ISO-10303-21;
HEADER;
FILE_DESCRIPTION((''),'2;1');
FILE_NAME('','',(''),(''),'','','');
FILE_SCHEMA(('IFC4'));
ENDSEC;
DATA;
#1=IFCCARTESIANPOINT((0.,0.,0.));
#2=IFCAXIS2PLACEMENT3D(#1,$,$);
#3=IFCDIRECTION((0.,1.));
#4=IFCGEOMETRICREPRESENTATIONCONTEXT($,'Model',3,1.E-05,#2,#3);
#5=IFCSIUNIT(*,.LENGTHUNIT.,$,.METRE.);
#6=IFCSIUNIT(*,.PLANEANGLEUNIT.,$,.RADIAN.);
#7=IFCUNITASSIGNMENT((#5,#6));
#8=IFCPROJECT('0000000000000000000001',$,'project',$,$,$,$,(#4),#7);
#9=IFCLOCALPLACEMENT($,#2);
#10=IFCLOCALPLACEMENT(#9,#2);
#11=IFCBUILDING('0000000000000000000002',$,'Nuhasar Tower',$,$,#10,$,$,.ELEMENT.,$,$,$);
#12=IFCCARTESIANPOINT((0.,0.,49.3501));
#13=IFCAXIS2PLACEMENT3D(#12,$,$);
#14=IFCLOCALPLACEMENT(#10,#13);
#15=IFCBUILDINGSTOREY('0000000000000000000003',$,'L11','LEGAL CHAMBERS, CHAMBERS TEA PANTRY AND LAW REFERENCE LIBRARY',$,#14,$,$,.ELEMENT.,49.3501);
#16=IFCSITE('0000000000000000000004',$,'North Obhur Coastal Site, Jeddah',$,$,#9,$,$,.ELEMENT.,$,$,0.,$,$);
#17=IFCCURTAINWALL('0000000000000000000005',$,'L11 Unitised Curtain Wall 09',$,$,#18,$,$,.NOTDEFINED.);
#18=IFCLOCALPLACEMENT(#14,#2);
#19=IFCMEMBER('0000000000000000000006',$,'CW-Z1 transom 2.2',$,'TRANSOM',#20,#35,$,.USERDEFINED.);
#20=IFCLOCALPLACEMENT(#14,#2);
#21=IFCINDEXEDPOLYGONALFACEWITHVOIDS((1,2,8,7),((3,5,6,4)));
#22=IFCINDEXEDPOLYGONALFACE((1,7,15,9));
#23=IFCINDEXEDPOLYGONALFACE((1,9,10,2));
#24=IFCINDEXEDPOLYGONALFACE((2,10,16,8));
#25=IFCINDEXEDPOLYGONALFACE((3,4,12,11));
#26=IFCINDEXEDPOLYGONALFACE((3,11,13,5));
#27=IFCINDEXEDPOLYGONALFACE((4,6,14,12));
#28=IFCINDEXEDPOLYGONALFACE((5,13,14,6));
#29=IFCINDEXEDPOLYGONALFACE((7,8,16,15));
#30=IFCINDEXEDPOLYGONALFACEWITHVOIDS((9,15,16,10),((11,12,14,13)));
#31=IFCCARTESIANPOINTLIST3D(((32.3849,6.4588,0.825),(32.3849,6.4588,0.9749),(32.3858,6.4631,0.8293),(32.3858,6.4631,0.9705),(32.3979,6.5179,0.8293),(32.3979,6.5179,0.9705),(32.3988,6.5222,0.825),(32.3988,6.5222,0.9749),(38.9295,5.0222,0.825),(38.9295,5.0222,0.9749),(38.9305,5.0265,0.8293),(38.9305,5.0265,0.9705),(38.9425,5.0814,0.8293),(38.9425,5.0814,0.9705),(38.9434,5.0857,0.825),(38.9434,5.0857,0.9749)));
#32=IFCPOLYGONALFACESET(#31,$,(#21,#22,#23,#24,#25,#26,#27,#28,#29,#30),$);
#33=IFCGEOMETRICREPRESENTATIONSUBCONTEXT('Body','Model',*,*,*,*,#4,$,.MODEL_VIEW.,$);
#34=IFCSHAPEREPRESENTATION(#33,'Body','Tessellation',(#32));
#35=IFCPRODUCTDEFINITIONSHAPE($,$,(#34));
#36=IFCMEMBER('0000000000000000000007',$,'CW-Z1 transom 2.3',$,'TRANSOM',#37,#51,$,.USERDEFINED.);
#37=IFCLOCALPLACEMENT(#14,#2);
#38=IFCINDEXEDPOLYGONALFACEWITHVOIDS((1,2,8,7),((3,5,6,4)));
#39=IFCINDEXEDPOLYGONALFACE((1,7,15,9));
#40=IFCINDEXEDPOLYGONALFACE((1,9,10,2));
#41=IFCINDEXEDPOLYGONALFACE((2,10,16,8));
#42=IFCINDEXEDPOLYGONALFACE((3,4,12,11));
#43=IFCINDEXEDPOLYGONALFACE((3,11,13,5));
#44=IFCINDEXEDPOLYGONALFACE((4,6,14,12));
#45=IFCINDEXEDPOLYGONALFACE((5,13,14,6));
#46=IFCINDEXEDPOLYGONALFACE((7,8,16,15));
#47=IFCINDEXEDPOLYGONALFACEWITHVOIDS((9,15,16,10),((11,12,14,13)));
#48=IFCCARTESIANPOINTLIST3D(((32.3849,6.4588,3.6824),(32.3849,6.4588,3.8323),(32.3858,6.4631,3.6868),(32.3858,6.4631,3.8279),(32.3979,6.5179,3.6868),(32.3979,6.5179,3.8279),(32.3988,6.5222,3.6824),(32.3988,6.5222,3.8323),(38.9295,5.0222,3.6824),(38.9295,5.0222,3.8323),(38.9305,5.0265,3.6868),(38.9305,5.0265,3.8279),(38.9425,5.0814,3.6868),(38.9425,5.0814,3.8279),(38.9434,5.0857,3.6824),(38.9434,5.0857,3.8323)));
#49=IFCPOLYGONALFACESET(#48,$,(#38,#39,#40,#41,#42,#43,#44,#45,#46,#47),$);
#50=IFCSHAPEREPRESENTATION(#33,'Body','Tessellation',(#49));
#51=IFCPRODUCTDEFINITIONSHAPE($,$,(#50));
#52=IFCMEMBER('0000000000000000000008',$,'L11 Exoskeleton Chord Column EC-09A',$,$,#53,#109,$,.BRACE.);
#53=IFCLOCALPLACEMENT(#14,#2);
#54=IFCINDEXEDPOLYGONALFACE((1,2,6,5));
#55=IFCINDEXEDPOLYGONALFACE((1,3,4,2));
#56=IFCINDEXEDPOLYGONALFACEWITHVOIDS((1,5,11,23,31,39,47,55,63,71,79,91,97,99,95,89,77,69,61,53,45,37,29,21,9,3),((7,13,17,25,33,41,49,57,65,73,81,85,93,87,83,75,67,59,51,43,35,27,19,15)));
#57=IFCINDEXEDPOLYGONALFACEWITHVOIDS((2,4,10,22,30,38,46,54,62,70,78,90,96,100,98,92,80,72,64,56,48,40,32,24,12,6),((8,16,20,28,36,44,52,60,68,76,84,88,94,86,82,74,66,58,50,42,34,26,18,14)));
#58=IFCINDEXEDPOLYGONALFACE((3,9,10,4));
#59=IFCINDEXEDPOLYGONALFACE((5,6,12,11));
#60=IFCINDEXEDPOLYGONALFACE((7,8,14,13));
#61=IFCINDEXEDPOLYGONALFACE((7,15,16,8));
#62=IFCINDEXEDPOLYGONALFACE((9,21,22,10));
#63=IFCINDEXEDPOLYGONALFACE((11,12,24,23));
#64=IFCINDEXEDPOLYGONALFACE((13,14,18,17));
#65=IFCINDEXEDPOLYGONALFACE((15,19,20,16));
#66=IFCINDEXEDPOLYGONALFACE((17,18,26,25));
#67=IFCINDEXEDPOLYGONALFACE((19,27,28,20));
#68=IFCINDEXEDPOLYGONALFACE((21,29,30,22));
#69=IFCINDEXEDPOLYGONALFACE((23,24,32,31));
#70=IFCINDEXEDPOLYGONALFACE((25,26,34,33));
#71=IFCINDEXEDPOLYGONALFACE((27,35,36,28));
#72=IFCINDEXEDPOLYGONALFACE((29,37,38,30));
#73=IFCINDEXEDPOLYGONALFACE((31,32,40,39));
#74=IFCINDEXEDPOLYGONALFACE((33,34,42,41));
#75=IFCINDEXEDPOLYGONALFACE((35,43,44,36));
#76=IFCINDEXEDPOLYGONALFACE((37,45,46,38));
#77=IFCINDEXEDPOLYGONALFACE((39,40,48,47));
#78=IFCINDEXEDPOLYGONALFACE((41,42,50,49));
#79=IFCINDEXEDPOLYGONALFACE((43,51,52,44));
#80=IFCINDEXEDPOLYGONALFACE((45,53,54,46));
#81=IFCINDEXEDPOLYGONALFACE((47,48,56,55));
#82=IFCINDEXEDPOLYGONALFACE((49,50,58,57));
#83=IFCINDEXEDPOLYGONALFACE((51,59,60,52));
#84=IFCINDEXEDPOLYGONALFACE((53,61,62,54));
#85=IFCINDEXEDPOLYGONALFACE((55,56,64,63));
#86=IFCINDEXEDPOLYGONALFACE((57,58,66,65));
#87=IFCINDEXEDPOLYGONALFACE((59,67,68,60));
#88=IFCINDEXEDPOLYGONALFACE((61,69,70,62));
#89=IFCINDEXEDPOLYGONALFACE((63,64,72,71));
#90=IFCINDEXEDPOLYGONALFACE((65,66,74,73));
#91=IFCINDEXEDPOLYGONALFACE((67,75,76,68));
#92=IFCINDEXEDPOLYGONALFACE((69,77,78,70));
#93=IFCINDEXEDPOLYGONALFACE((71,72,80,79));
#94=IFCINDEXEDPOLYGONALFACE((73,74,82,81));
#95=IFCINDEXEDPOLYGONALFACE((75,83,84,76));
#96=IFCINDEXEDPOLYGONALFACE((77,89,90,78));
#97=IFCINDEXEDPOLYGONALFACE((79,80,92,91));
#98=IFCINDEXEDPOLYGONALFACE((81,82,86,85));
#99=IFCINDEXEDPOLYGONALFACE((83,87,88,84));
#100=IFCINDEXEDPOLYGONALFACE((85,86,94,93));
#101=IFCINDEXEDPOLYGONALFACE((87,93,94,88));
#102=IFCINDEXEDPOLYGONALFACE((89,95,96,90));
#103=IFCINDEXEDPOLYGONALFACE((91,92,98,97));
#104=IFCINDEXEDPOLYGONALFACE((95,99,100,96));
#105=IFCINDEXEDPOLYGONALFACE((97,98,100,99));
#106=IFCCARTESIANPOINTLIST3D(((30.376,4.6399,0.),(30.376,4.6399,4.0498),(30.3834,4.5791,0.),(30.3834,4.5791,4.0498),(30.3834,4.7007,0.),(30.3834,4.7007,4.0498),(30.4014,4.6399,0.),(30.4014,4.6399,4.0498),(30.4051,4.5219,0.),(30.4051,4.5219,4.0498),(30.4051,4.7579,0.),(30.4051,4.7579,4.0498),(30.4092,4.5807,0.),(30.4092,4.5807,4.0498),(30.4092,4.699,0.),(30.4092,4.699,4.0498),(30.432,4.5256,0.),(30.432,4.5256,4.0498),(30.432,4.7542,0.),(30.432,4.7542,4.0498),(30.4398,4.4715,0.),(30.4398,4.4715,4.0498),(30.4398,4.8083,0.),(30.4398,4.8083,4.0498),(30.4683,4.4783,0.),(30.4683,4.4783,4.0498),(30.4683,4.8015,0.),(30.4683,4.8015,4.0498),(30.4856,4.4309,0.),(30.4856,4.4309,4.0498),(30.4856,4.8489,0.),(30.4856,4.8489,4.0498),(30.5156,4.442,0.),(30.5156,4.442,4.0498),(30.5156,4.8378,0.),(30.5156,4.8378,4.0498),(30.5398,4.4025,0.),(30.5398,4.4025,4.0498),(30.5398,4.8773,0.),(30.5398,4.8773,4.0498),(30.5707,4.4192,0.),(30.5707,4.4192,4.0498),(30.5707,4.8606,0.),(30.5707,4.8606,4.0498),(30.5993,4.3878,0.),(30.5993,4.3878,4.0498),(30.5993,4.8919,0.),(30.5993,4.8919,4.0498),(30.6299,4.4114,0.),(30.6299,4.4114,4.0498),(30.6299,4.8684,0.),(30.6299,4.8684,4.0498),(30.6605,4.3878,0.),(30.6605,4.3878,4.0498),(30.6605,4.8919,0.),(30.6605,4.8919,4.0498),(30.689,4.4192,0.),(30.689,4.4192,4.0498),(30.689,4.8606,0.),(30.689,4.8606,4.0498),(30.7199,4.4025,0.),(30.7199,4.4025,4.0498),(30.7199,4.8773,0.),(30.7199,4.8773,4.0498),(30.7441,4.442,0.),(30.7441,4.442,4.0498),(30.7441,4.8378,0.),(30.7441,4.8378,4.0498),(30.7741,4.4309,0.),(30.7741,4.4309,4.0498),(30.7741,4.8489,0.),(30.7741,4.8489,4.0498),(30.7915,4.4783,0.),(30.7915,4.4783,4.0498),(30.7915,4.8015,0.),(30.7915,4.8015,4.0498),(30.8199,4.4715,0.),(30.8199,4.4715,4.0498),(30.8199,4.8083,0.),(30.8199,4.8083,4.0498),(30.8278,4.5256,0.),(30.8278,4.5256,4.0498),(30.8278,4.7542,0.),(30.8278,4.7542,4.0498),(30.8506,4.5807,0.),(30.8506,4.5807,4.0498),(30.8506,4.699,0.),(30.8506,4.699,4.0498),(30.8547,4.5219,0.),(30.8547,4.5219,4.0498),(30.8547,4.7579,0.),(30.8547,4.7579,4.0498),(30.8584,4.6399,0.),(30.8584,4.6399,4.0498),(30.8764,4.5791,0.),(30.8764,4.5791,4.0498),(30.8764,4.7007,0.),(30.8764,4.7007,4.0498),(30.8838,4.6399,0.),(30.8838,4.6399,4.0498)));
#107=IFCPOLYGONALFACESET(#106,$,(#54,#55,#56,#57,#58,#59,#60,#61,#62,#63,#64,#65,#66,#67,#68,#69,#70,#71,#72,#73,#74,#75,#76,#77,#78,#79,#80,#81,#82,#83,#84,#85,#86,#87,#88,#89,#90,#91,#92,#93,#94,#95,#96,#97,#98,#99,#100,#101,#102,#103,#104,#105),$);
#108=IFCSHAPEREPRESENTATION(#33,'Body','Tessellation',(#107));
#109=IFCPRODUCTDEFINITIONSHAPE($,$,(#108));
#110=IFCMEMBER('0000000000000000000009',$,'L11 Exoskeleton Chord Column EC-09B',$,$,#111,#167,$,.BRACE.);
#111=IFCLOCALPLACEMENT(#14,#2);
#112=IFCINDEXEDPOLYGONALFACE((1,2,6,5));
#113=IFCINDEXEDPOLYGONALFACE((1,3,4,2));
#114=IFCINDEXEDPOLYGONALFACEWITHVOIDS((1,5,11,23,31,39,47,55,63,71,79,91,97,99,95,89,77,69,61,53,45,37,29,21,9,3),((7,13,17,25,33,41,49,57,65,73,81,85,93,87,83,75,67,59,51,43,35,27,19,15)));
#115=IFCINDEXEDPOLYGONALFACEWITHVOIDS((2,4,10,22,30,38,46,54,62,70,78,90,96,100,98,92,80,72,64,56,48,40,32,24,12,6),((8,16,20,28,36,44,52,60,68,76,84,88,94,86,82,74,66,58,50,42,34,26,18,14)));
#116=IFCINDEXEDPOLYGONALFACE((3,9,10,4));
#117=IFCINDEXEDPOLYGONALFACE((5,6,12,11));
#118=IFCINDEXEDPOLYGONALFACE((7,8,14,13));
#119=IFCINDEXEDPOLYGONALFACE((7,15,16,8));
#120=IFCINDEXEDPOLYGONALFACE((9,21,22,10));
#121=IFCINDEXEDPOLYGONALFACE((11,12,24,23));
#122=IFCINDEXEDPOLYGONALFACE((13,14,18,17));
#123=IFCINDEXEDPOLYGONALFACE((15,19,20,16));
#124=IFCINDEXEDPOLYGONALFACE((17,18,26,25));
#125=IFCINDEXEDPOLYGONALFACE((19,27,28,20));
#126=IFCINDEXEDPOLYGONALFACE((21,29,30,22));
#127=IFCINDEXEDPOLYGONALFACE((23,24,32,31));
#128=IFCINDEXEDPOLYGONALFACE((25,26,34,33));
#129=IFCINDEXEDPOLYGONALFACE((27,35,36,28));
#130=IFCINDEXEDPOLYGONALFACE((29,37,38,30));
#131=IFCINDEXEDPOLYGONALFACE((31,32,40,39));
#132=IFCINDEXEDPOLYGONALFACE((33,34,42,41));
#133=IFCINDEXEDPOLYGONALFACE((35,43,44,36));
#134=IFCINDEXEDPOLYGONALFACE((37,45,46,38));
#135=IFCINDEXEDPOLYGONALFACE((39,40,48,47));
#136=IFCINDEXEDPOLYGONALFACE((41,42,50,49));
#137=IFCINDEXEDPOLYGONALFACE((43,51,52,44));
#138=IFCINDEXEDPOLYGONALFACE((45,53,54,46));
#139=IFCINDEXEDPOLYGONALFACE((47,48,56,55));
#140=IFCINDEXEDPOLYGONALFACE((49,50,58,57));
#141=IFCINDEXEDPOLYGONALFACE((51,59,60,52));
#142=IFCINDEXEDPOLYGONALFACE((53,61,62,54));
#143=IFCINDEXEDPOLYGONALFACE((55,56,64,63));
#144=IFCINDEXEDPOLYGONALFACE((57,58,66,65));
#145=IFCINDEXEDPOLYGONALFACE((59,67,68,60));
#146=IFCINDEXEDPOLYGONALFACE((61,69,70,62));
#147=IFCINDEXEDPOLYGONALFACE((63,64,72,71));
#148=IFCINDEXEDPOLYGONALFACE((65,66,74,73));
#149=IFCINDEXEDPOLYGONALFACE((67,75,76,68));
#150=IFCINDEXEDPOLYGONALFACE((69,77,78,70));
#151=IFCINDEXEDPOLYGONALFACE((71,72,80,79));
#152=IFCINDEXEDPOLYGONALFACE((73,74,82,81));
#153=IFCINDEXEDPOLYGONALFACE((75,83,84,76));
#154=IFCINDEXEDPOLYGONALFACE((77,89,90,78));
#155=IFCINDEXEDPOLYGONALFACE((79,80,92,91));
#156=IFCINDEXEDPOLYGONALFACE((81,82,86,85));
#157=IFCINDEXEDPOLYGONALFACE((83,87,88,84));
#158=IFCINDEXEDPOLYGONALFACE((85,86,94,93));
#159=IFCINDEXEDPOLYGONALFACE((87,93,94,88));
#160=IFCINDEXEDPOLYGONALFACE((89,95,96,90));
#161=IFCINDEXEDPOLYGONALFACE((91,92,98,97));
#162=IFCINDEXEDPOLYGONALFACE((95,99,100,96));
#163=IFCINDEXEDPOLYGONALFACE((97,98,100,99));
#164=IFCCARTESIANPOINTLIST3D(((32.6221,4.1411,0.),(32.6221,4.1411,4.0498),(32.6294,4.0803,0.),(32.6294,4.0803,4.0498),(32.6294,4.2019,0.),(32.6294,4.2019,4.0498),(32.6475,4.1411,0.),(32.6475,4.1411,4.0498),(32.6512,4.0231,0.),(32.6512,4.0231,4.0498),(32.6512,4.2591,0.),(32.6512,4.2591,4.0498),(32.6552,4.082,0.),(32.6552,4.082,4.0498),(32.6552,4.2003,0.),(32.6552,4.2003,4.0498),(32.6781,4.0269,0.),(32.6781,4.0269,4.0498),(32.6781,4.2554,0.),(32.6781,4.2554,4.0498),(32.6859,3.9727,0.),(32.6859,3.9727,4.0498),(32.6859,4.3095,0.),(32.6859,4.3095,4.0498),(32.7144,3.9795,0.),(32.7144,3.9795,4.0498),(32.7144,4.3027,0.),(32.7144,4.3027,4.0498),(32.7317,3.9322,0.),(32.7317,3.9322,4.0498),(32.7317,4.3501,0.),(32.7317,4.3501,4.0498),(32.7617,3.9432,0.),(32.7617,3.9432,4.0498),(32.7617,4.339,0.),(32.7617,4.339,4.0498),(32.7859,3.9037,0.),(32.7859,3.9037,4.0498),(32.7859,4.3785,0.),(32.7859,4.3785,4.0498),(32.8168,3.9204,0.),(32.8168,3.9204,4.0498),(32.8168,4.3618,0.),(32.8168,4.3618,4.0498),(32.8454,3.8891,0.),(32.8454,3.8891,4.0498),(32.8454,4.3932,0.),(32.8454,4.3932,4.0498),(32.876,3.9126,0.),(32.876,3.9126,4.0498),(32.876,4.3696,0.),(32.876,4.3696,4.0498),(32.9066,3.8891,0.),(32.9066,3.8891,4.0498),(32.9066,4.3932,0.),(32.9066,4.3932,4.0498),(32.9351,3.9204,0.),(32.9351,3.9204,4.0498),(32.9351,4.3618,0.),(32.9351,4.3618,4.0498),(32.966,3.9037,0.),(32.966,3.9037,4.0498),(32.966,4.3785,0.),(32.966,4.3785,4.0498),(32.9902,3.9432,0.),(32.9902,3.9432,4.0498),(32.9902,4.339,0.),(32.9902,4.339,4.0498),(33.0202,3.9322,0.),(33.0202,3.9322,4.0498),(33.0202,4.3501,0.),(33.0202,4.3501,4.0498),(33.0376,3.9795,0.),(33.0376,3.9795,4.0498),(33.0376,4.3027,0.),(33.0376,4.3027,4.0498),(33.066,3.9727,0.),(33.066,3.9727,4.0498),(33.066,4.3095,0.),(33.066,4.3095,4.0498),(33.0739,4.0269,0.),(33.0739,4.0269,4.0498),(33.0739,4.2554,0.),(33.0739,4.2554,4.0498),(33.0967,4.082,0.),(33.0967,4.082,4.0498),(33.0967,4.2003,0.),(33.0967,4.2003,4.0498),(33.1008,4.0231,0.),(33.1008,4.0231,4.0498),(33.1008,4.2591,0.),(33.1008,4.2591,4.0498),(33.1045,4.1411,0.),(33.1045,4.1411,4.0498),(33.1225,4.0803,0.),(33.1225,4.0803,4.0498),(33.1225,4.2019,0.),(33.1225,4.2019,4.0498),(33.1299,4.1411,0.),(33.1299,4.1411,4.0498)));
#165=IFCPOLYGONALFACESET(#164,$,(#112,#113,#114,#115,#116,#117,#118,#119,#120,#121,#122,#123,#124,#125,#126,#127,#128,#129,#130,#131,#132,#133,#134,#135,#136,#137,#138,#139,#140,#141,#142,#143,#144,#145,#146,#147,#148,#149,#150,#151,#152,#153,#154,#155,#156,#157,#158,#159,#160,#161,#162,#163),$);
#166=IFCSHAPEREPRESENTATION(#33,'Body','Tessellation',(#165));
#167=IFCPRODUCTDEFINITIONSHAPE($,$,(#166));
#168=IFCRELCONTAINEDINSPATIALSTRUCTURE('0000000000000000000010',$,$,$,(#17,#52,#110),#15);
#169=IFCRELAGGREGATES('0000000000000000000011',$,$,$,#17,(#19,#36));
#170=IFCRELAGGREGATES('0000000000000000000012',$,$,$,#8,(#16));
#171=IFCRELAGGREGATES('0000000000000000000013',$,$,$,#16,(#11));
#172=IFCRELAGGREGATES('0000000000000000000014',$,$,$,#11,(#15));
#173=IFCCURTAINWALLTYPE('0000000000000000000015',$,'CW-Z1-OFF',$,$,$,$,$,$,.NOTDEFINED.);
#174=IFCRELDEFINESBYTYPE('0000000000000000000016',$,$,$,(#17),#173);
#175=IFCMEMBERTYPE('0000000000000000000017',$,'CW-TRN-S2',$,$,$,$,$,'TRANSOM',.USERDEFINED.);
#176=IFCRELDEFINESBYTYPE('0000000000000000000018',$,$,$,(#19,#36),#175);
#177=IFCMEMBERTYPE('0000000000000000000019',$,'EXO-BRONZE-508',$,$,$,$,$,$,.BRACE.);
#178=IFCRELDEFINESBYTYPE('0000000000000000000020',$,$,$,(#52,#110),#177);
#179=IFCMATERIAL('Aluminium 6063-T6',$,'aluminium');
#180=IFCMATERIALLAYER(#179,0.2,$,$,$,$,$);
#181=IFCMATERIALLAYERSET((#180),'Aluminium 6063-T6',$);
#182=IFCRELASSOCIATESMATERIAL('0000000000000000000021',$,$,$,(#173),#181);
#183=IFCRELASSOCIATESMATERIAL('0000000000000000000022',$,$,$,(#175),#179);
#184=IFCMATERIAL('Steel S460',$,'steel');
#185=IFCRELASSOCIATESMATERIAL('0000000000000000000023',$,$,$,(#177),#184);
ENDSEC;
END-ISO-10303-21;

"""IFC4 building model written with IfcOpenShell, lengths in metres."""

from ifc_helpers import new_model, si_unit, direction, frame, origin, origin_2d, place, context, subcontext, project, spatial, hollow_rectangle, hollow_circle, extrude, material, layer, layer_set, material_profile, profile_set, type_object, element, aggregate, save


model = new_model("IFC4")

# Units and contexts
model_context = context("Model", 3, precision=1e-05, world=origin(), true_north=direction((0.0, 1.0)))
body_context = subcontext(model_context, "Body", "Model", "MODEL_VIEW")
ifc_project = project(units=[si_unit("LENGTHUNIT", "METRE"), si_unit("PLANEANGLEUNIT", "RADIAN")], contexts=[model_context])

# Site, building, storey
site_placement = place(None, origin())
site = spatial("IfcSite", under=ifc_project, at=site_placement, Name="North Obhur Coastal Site, Jeddah", CompositionType="ELEMENT", RefElevation=0.0)
building_placement = place(site_placement, origin())
building = spatial("IfcBuilding", under=site, at=building_placement, Name="Nuhasar Tower", CompositionType="ELEMENT")
storey_placement = place(building_placement, frame((0.0, 0.0, 49.3501)))
storey = spatial("IfcBuildingStorey", under=building, at=storey_placement, Name="L11", Description="LEGAL CHAMBERS, CHAMBERS TEA PANTRY AND LAW REFERENCE LIBRARY", CompositionType="ELEMENT", Elevation=49.3501)

# Curtain wall, members
ifc_material_1 = material(Name="Aluminium 6063-T6", Category="aluminium")
ifc_layer_1 = layer(ifc_material_1, 0.2)
ifc_layer_set_1 = layer_set([ifc_layer_1], Name="Aluminium 6063-T6")
curtain_wall_type = type_object("IfcCurtainWallType", Name="CW-Z1-OFF", PredefinedType="NOTDEFINED", material=ifc_layer_set_1)
curtain_wall_placement = place(storey_placement, origin())
curtain_wall = element("IfcCurtainWall", 1, at=curtain_wall_placement, inside=storey, type_object=curtain_wall_type, Name="L11 Unitised Curtain Wall 09", PredefinedType="NOTDEFINED")
ifc_material_profile_1 = material_profile(ifc_material_1, hollow_rectangle(XDim=0.0649, YDim=0.1499, WallThickness=0.0044, at=origin_2d()), Name="CWT-2")
ifc_profile_set_1 = profile_set([ifc_material_profile_1], Name="Aluminium 6063-T6")
member_type_1 = type_object("IfcMemberType", Name="CW-TRN-S2", ElementType="TRANSOM", PredefinedType="USERDEFINED", material=ifc_profile_set_1)
member_1_placement = place(storey_placement, frame((32.3918, 6.4905, 0.8999), z_axis=(0.976748, -0.214391, 0.0), x_axis=(0.214391, 0.976748, 0.0)))
member_1 = element("IfcMember", 2, at=member_1_placement, type_object=member_type_1, Name="CW-Z1 transom 2.2", ObjectType="TRANSOM", PredefinedType="USERDEFINED", context=body_context, shape_type="SweptSolid", body=[
    extrude(hollow_rectangle(XDim=0.0649, YDim=0.1499, WallThickness=0.0044, at=origin_2d()), origin(), (0.0, 0.0, 1.0), 6.7004),
])
member_2_placement = place(storey_placement, frame((32.3918, 6.4905, 3.7573), z_axis=(0.976748, -0.214391, 0.0), x_axis=(0.214391, 0.976748, 0.0)))
member_2 = element("IfcMember", 3, at=member_2_placement, type_object=member_type_1, Name="CW-Z1 transom 2.3", ObjectType="TRANSOM", PredefinedType="USERDEFINED", context=body_context, shape_type="SweptSolid", body=[
    extrude(hollow_rectangle(XDim=0.0649, YDim=0.1499, WallThickness=0.0044, at=origin_2d()), origin(), (0.0, 0.0, 1.0), 6.7004),
])

# Members
ifc_material_2 = material(Name="Steel S460", Category="steel")
ifc_material_profile_2 = material_profile(ifc_material_2, hollow_circle(Radius=0.2539, WallThickness=0.0254, at=origin_2d()), Name="HSS508X25.4")
ifc_profile_set_2 = profile_set([ifc_material_profile_2], Name="Steel S460")
member_type_2 = type_object("IfcMemberType", Name="EXO-BRONZE-508", PredefinedType="BRACE", material=ifc_profile_set_2)
for number, where, z_axis, x_axis, name in (
    (4, (30.6299, 4.6399, 0.0), (0.0, 0.0, 1.0), (1.0, 0.0, 0.0), "L11 Exoskeleton Chord Column EC-09A"),
    (5, (32.876, 4.1411, 0.0), (0.0, 0.0, 1.0), (1.0, 0.0, 0.0), "L11 Exoskeleton Chord Column EC-09B"),
):
    element("IfcMember", number, at=place(storey_placement, frame(where, z_axis=z_axis, x_axis=x_axis)), inside=storey, type_object=member_type_2, Name=name, PredefinedType="BRACE", context=body_context, shape_type="SweptSolid", body=[
        extrude(hollow_circle(Radius=0.2539, WallThickness=0.0254, at=origin_2d()), origin(), (0.0, 0.0, 1.0), 4.0498),
    ])

aggregate(curtain_wall, [member_1, member_2])

save(model, "model.ifc")
